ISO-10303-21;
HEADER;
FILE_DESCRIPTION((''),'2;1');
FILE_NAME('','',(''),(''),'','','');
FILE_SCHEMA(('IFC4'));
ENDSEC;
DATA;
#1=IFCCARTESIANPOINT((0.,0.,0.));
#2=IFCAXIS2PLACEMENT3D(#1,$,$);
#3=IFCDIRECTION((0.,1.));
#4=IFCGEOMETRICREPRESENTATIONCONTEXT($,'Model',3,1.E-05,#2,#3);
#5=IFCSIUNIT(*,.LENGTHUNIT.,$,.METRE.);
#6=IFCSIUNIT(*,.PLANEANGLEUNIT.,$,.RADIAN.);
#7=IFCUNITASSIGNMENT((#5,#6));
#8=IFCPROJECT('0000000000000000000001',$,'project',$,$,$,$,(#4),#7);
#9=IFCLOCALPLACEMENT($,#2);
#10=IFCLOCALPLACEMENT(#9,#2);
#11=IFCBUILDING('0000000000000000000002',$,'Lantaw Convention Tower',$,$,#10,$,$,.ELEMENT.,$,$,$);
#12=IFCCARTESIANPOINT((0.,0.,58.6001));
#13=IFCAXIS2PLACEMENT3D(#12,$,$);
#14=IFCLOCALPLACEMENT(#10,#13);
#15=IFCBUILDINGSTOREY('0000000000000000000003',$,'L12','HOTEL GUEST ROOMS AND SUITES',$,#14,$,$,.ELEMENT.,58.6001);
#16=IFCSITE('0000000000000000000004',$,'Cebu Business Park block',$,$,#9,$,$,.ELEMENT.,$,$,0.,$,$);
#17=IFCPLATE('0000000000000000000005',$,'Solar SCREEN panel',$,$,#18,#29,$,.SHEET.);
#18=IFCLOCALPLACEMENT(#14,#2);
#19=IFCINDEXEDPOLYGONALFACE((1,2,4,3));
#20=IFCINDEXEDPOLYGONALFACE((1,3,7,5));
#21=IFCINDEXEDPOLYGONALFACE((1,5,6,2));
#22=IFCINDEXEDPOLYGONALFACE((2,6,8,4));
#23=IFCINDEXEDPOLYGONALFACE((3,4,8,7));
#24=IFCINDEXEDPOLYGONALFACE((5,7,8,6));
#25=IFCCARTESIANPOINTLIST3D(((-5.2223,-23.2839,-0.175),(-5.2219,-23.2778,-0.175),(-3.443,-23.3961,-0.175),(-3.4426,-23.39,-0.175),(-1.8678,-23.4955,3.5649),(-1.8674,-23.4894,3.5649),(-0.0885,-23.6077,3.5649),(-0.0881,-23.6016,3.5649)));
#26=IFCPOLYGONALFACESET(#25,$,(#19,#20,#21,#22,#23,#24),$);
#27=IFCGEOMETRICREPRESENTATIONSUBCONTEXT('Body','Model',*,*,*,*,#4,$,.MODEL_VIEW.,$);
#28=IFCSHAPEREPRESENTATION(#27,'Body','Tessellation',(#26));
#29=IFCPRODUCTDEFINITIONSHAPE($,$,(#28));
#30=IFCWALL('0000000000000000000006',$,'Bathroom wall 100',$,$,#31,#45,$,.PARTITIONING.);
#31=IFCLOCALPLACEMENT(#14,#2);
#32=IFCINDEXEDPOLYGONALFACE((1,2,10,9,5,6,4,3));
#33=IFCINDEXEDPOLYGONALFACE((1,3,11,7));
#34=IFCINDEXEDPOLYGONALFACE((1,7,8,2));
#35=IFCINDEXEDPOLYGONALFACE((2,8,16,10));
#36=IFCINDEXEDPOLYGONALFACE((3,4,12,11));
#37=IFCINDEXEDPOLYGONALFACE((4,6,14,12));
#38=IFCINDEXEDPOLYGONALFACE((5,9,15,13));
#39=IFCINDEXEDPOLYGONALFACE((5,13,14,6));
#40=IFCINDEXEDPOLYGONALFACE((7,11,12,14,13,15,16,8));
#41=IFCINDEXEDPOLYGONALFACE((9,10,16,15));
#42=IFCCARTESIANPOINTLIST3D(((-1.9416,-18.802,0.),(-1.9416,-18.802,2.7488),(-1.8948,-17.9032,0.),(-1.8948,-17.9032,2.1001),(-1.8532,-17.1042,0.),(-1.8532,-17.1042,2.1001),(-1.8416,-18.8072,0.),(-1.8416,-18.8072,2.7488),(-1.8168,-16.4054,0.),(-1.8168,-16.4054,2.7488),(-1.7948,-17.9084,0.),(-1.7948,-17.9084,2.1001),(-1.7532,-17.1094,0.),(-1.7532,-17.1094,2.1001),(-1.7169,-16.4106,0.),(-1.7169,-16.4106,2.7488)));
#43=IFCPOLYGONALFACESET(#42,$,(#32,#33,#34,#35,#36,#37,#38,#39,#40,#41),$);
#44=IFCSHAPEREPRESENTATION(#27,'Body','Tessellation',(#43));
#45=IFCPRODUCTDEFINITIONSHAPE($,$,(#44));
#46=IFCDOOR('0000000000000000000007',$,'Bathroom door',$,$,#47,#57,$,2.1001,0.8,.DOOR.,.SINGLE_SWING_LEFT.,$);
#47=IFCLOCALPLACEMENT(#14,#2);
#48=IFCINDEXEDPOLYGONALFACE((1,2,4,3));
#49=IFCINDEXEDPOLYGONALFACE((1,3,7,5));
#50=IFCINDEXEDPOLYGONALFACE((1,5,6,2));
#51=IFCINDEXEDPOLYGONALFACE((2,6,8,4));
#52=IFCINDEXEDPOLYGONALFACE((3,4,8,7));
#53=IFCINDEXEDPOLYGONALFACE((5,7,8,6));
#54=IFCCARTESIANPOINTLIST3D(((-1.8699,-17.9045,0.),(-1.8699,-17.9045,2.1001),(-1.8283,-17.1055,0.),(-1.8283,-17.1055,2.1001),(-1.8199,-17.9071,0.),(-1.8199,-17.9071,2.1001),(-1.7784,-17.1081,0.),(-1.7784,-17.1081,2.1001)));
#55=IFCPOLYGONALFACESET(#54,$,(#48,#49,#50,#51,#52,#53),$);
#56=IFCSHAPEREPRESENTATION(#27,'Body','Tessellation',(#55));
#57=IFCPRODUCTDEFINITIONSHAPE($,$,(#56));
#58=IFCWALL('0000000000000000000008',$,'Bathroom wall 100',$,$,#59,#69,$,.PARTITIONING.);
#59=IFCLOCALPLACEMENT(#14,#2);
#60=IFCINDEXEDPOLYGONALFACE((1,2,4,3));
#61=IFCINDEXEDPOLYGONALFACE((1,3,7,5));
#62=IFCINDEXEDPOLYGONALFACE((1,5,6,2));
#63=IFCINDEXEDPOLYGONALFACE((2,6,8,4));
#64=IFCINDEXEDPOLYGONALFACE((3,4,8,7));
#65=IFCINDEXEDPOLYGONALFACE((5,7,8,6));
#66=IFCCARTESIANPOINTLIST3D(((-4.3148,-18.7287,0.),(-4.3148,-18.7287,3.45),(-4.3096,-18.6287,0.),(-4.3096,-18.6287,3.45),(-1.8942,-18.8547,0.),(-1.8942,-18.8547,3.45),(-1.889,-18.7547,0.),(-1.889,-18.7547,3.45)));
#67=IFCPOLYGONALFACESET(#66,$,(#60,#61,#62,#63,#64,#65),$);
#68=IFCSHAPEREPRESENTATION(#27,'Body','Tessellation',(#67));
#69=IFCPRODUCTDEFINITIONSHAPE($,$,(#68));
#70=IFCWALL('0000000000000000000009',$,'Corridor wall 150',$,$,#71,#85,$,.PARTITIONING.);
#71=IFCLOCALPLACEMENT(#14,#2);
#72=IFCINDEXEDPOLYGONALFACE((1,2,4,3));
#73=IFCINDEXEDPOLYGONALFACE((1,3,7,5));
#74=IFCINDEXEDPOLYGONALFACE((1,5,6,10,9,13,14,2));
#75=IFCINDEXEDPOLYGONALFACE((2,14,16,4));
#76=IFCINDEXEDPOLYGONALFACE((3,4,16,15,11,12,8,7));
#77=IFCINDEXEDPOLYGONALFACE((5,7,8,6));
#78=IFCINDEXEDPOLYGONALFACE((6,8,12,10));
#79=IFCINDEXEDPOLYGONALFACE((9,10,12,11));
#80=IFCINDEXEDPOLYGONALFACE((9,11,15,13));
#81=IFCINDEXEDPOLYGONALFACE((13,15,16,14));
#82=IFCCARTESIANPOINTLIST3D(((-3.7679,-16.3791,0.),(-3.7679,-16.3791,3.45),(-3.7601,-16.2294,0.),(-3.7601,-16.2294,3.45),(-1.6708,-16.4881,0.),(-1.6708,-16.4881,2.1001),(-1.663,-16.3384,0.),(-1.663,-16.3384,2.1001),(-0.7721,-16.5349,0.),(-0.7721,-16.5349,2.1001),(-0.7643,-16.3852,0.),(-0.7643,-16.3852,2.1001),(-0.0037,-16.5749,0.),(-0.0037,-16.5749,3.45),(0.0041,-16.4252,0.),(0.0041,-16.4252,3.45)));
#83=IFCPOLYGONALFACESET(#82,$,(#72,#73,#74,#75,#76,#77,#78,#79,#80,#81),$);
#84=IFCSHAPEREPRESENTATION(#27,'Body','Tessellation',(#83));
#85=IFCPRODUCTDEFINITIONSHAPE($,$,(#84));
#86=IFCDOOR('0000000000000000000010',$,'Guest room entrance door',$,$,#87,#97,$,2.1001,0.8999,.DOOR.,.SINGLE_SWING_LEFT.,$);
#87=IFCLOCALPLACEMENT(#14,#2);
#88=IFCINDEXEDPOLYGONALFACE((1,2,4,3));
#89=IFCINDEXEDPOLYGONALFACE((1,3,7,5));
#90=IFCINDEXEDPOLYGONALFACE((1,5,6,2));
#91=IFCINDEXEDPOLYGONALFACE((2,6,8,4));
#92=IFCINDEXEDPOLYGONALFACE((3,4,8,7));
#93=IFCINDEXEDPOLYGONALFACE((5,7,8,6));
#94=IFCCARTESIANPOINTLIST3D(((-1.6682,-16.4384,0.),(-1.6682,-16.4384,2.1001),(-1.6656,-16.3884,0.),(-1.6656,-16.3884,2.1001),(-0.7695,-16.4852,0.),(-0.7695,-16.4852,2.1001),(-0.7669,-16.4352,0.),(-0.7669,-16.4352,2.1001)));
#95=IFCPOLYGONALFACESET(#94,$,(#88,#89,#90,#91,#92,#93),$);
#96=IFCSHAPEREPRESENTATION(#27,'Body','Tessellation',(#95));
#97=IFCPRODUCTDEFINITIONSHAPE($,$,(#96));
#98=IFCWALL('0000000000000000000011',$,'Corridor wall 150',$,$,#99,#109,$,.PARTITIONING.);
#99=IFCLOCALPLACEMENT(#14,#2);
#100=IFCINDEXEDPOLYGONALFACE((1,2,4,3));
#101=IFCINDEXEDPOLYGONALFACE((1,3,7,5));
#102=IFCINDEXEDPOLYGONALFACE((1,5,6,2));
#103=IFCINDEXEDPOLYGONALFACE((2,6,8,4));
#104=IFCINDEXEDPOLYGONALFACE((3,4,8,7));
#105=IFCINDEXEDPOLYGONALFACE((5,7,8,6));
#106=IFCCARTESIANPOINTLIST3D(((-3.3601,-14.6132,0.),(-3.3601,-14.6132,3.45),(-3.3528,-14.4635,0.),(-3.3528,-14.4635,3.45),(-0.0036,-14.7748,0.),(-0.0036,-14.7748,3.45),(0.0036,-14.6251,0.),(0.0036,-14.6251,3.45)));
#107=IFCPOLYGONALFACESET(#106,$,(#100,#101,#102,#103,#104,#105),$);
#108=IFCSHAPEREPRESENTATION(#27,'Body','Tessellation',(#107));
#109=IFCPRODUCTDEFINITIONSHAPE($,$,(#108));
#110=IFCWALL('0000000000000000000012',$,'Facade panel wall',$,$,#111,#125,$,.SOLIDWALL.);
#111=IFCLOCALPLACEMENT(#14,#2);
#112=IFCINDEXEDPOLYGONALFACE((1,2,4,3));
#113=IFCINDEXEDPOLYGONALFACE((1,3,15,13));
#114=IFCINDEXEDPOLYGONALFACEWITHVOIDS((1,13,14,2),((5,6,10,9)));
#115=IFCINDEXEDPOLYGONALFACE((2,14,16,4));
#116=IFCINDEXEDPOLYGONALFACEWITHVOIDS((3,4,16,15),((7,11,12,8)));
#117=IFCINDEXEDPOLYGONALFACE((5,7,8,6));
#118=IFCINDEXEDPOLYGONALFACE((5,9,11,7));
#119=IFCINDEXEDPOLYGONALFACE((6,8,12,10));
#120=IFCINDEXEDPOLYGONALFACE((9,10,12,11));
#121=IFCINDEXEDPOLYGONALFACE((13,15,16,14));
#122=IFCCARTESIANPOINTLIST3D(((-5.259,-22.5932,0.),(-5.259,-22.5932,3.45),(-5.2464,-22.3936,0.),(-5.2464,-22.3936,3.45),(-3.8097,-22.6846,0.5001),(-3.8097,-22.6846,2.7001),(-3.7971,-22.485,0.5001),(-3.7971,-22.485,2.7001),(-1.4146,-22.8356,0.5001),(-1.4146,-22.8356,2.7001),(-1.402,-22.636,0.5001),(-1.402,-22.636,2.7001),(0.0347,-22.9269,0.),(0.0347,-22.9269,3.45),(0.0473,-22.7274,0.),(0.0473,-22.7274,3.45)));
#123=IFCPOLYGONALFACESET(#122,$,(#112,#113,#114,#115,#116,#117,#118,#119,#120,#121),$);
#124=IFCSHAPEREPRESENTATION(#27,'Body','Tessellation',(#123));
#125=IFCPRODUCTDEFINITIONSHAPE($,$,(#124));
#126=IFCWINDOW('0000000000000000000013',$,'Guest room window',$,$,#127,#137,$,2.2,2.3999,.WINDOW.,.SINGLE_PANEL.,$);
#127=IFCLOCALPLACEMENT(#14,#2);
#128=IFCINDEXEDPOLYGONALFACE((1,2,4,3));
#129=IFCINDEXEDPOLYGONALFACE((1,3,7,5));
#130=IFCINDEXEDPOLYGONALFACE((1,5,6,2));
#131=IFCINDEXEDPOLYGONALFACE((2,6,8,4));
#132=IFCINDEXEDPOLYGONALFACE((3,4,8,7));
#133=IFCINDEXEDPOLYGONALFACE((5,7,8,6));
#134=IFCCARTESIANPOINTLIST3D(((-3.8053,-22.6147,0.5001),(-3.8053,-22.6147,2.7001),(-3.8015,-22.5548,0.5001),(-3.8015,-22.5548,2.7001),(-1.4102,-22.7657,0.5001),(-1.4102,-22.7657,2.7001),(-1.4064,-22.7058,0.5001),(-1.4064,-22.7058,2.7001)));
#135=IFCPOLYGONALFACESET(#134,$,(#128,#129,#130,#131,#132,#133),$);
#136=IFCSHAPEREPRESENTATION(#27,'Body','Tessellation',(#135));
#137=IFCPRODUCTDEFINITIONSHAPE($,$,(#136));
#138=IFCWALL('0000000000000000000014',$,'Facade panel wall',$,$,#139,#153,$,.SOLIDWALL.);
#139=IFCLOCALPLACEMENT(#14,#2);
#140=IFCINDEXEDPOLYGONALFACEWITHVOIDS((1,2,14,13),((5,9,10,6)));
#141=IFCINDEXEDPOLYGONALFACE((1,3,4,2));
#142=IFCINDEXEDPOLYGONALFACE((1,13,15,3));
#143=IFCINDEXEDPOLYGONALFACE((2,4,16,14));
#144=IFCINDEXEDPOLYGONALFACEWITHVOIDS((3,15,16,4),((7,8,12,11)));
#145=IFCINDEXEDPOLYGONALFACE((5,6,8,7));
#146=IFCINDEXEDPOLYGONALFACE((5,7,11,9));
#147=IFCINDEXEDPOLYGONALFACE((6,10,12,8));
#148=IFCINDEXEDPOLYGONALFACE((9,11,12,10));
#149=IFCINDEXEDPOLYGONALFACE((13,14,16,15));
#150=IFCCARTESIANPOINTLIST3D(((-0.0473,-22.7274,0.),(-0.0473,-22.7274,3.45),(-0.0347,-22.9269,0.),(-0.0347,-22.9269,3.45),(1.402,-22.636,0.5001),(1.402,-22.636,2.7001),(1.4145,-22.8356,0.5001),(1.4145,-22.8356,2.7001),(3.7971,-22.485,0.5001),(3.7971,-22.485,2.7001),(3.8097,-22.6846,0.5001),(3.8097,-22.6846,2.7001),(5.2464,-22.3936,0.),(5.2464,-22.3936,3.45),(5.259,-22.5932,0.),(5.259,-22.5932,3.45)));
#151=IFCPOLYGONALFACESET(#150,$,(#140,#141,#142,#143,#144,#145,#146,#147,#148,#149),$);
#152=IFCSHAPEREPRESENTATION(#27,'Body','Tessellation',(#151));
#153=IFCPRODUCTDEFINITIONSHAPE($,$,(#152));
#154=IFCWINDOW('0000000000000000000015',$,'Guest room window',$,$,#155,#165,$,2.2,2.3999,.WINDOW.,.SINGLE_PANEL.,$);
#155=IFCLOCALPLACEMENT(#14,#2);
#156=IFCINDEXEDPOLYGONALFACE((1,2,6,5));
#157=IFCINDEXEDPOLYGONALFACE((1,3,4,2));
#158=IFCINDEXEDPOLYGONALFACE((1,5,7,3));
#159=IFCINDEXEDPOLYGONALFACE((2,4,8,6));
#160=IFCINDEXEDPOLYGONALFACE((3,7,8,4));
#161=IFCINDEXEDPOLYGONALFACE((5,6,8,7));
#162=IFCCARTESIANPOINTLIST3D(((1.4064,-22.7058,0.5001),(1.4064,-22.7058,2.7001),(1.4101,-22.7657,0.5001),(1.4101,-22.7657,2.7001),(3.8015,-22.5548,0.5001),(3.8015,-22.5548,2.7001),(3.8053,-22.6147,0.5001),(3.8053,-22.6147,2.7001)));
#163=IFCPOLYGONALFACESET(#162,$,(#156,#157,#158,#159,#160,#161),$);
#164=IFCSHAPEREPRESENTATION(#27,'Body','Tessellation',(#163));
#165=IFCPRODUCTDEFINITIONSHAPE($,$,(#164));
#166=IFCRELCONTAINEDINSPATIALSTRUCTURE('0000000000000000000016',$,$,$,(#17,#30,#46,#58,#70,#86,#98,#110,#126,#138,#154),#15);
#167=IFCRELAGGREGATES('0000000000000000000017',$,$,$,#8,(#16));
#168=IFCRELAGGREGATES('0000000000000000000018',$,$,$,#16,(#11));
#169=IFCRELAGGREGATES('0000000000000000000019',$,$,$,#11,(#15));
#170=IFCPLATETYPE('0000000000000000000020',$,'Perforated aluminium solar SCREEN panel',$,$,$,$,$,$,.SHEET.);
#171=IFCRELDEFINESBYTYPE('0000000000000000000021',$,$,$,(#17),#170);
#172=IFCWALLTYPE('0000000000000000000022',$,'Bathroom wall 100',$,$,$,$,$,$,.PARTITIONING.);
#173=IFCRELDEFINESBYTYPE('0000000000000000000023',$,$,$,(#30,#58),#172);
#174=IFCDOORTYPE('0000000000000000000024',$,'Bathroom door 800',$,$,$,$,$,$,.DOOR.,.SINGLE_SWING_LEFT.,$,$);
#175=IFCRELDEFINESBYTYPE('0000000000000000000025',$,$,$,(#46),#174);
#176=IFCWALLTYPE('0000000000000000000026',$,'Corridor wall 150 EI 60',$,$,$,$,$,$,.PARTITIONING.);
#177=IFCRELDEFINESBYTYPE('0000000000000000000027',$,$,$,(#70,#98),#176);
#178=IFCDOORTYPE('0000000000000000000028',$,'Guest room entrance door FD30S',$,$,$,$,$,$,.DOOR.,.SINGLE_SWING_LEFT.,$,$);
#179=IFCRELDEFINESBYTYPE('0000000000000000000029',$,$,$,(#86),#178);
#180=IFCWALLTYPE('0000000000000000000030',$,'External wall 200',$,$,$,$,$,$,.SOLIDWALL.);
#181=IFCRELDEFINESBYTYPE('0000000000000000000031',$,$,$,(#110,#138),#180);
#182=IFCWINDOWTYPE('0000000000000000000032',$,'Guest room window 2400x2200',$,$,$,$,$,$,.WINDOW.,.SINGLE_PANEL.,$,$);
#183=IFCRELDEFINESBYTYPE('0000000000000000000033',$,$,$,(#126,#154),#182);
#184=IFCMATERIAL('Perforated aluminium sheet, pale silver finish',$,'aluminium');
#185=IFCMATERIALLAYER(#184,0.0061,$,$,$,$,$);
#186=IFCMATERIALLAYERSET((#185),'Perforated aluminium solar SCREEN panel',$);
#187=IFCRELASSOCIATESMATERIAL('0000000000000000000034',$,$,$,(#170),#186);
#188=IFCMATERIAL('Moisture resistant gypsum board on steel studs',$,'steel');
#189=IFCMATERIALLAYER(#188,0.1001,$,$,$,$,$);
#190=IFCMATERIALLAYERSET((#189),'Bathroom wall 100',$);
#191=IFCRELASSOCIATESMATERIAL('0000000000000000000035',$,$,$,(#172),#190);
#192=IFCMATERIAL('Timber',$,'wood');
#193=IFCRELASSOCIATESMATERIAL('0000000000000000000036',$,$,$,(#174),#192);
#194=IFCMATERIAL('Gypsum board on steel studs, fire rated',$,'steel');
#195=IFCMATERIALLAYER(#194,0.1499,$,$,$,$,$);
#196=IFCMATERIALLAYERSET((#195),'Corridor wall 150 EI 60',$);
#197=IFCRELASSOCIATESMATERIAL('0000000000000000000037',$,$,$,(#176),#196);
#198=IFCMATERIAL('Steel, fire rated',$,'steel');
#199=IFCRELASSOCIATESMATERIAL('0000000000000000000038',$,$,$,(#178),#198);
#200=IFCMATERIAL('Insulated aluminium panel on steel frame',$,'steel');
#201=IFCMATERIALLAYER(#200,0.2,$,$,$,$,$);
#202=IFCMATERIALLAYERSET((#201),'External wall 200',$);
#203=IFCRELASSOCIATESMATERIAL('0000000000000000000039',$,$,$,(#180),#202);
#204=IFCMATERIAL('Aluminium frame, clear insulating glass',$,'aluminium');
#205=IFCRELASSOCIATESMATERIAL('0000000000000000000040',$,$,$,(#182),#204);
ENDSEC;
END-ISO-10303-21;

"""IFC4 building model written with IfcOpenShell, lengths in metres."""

from ifc_helpers import new_model, si_unit, direction, frame, frame_2d, origin, place, context, subcontext, project, spatial, polyline, rectangle, outline, extrude, material, layer, layer_set, type_object, element, fill, save


model = new_model("IFC4")

# Units and contexts
model_context = context("Model", 3, precision=1e-05, world=origin(), true_north=direction((0.0, 1.0)))
body_context = subcontext(model_context, "Body", "Model", "MODEL_VIEW")
ifc_project = project(units=[si_unit("LENGTHUNIT", "METRE"), si_unit("PLANEANGLEUNIT", "RADIAN")], contexts=[model_context])

# Site, building, storey
site_placement = place(None, origin())
site = spatial("IfcSite", under=ifc_project, at=site_placement, Name="Cebu Business Park block", CompositionType="ELEMENT", RefElevation=0.0)
building_placement = place(site_placement, origin())
building = spatial("IfcBuilding", under=site, at=building_placement, Name="Lantaw Convention Tower", CompositionType="ELEMENT")
storey_placement = place(building_placement, frame((0.0, 0.0, 58.6001)))
storey = spatial("IfcBuildingStorey", under=building, at=storey_placement, Name="L12", Description="HOTEL GUEST ROOMS AND SUITES", CompositionType="ELEMENT", Elevation=58.6001)

# Plate
ifc_material_1 = material(Name="Perforated aluminium sheet, pale silver finish", Category="aluminium")
ifc_layer_1 = layer(ifc_material_1, 0.0061)
ifc_layer_set_1 = layer_set([ifc_layer_1], Name="Perforated aluminium solar SCREEN panel")
plate_type = type_object("IfcPlateType", Name="Perforated aluminium solar SCREEN panel", PredefinedType="SHEET", material=ifc_layer_set_1)
plate_placement = place(storey_placement, frame((-5.2219, -23.2778, -0.175), z_axis=(0.062924, 0.998018, 0.000014), x_axis=(0.998018, -0.062924, 0.0)))
element("IfcPlate", 1, at=plate_placement, inside=storey, type_object=plate_type, Name="Solar SCREEN panel", PredefinedType="SHEET", context=body_context, shape_type="SweptSolid", body=[
    extrude(outline(polyline([(0.0, 0.0), (1.7828, 0.0), (5.144, -3.74), (3.3612, -3.74), (0.0, 0.0)])), origin(), (0.0, 0.0, -1.0), 0.0061),
])

# Wall, opening, door
ifc_material_2 = material(Name="Moisture resistant gypsum board on steel studs", Category="steel")
ifc_layer_2 = layer(ifc_material_2, 0.1001)
ifc_layer_set_2 = layer_set([ifc_layer_2], Name="Bathroom wall 100")
wall_type_1 = type_object("IfcWallType", Name="Bathroom wall 100", PredefinedType="PARTITIONING", material=ifc_layer_set_2)
wall_1_placement = place(storey_placement, frame((-1.7668, -16.408, 0.0), z_axis=(0.0, 0.0, 1.0), x_axis=(-0.051982, -0.998648, 0.0)))
wall_1 = element("IfcWall", 2, at=wall_1_placement, inside=storey, type_object=wall_type_1, Name="Bathroom wall 100", PredefinedType="PARTITIONING", context=body_context, shape_type="SweptSolid", body=[
    extrude(rectangle(XDim=2.3999, YDim=0.1001, at=frame_2d((1.2, 0.0))), origin(), (0.0, 0.0, 1.0), 2.7488),
])
opening_1_placement = place(wall_1_placement, frame((0.7, 0.0, 0.0)))
opening_1 = element("IfcOpeningElement", 3, at=opening_1_placement, cuts=wall_1, PredefinedType="OPENING", context=body_context, shape_type="SweptSolid", body=[
    extrude(rectangle(XDim=0.8, YDim=2.1001, at=frame_2d((0.3999, 1.05))), frame((0.0, 0.0601, 0.0), z_axis=(0.0, -1.0, 0.0), x_axis=(1.0, 0.0, 0.0)), (0.0, 0.0, 1.0), 0.1201),
])
ifc_material_3 = material(Name="Timber", Category="wood")
door_type_1 = type_object("IfcDoorType", Name="Bathroom door 800", OperationType="SINGLE_SWING_LEFT", PredefinedType="DOOR", material=ifc_material_3)
door_1_placement = place(opening_1_placement, origin())
door_1 = element("IfcDoor", 4, at=door_1_placement, inside=storey, type_object=door_type_1, Name="Bathroom door", OperationType="SINGLE_SWING_LEFT", OverallHeight=2.1001, OverallWidth=0.8, PredefinedType="DOOR", context=body_context, shape_type="SweptSolid", body=[
    extrude(rectangle(XDim=0.8, YDim=2.1001, at=frame_2d((0.3999, 1.05))), frame((0.0, 0.0249, 0.0), z_axis=(0.0, -1.0, 0.0), x_axis=(1.0, 0.0, 0.0)), (0.0, 0.0, 1.0), 0.05),
])
fill(opening_1, door_1)

# Wall
wall_2_placement = place(storey_placement, frame((-1.8916, -18.8047, 0.0), z_axis=(0.0, 0.0, 1.0), x_axis=(-0.998649, 0.051972, 0.0)))
element("IfcWall", 5, at=wall_2_placement, inside=storey, type_object=wall_type_1, Name="Bathroom wall 100", PredefinedType="PARTITIONING", context=body_context, shape_type="SweptSolid", body=[
    extrude(rectangle(XDim=2.4238, YDim=0.1001, at=frame_2d((1.2119, 0.0))), origin(), (0.0, 0.0, 1.0), 3.45),
])

# Wall, opening, door
ifc_material_4 = material(Name="Gypsum board on steel studs, fire rated", Category="steel")
ifc_layer_3 = layer(ifc_material_4, 0.1499)
ifc_layer_set_3 = layer_set([ifc_layer_3], Name="Corridor wall 150 EI 60")
wall_type_2 = type_object("IfcWallType", Name="Corridor wall 150 EI 60", PredefinedType="PARTITIONING", material=ifc_layer_set_3)
wall_3_placement = place(storey_placement, frame((-3.7642, -16.3042, 0.0), z_axis=(0.0, 0.0, 1.0), x_axis=(0.99865, -0.051947, 0.0)))
wall_3 = element("IfcWall", 6, at=wall_3_placement, inside=storey, type_object=wall_type_2, Name="Corridor wall 150", PredefinedType="PARTITIONING", context=body_context, shape_type="SweptSolid", body=[
    extrude(rectangle(XDim=3.7693, YDim=0.1499, at=frame_2d((1.8848, 0.0))), origin(), (0.0, 0.0, 1.0), 3.45),
])
opening_2_placement = place(wall_3_placement, frame((2.1001, 0.0, 0.0)))
opening_2 = element("IfcOpeningElement", 7, at=opening_2_placement, cuts=wall_3, PredefinedType="OPENING", context=body_context, shape_type="SweptSolid", body=[
    extrude(rectangle(XDim=0.8999, YDim=2.1001, at=frame_2d((0.45, 1.05))), frame((0.0, 0.085, 0.0), z_axis=(0.0, -1.0, 0.0), x_axis=(1.0, 0.0, 0.0)), (0.0, 0.0, 1.0), 0.1699),
])
ifc_material_5 = material(Name="Steel, fire rated", Category="steel")
door_type_2 = type_object("IfcDoorType", Name="Guest room entrance door FD30S", OperationType="SINGLE_SWING_LEFT", PredefinedType="DOOR", material=ifc_material_5)
door_2_placement = place(opening_2_placement, origin())
door_2 = element("IfcDoor", 8, at=door_2_placement, inside=storey, type_object=door_type_2, Name="Guest room entrance door", OperationType="SINGLE_SWING_LEFT", OverallHeight=2.1001, OverallWidth=0.8999, PredefinedType="DOOR", context=body_context, shape_type="SweptSolid", body=[
    extrude(rectangle(XDim=0.8999, YDim=2.1001, at=frame_2d((0.45, 1.05))), frame((0.0, 0.0249, 0.0), z_axis=(0.0, -1.0, 0.0), x_axis=(1.0, 0.0, 0.0)), (0.0, 0.0, 1.0), 0.05),
])
fill(opening_2, door_2)

# Wall
wall_4_placement = place(storey_placement, frame((-3.3564, -14.5383, 0.0), z_axis=(0.0, 0.0, 1.0), x_axis=(0.998843, -0.048097, 0.0)))
element("IfcWall", 9, at=wall_4_placement, inside=storey, type_object=wall_type_2, Name="Corridor wall 150", PredefinedType="PARTITIONING", context=body_context, shape_type="SweptSolid", body=[
    extrude(rectangle(XDim=3.3604, YDim=0.1499, at=frame_2d((1.6802, 0.0))), origin(), (0.0, 0.0, 1.0), 3.45),
])

# Walls, openings, windows
ifc_material_6 = material(Name="Insulated aluminium panel on steel frame", Category="steel")
ifc_layer_4 = layer(ifc_material_6, 0.2)
ifc_layer_set_4 = layer_set([ifc_layer_4], Name="External wall 200")
wall_type_3 = type_object("IfcWallType", Name="External wall 200", PredefinedType="SOLIDWALL", material=ifc_layer_set_4)
wall_5_placement = place(storey_placement, frame((-5.2527, -22.4934, 0.0), z_axis=(0.0, 0.0, 1.0), x_axis=(0.998019, -0.06292, 0.0)))
wall_5 = element("IfcWall", 10, at=wall_5_placement, inside=storey, type_object=wall_type_3, Name="Facade panel wall", PredefinedType="SOLIDWALL", context=body_context, shape_type="SweptSolid", body=[
    extrude(rectangle(XDim=5.3042, YDim=0.2, at=frame_2d((2.6521, 0.0))), origin(), (0.0, 0.0, 1.0), 3.45),
])
opening_3_placement = place(wall_5_placement, frame((1.4521, 0.0, 0.5)))
opening_3 = element("IfcOpeningElement", 11, at=opening_3_placement, cuts=wall_5, PredefinedType="OPENING", context=body_context, shape_type="SweptSolid", body=[
    extrude(rectangle(XDim=2.3999, YDim=2.2, at=frame_2d((1.2, 1.1001))), frame((0.0, 0.1099, 0.0), z_axis=(0.0, -1.0, 0.0), x_axis=(1.0, 0.0, 0.0)), (0.0, 0.0, 1.0), 0.22),
])
ifc_material_7 = material(Name="Aluminium frame, clear insulating glass", Category="aluminium")
window_type = type_object("IfcWindowType", Name="Guest room window 2400x2200", PartitioningType="SINGLE_PANEL", PredefinedType="WINDOW", material=ifc_material_7)
window_1_placement = place(opening_3_placement, origin())
window_1 = element("IfcWindow", 12, at=window_1_placement, inside=storey, type_object=window_type, Name="Guest room window", OverallHeight=2.2, OverallWidth=2.3999, PartitioningType="SINGLE_PANEL", PredefinedType="WINDOW", context=body_context, shape_type="SweptSolid", body=[
    extrude(rectangle(XDim=2.3999, YDim=2.2, at=frame_2d((1.2, 1.1001))), frame((0.0, 0.03, 0.0), z_axis=(0.0, -1.0, 0.0), x_axis=(1.0, 0.0, 0.0)), (0.0, 0.0, 1.0), 0.0601),
])
fill(opening_3, window_1)
wall_6_placement = place(storey_placement, frame((-0.041, -22.8271, 0.0), z_axis=(0.0, 0.0, 1.0), x_axis=(0.998019, 0.06292, 0.0)))
wall_6 = element("IfcWall", 13, at=wall_6_placement, inside=storey, type_object=wall_type_3, Name="Facade panel wall", PredefinedType="SOLIDWALL", context=body_context, shape_type="SweptSolid", body=[
    extrude(rectangle(XDim=5.3042, YDim=0.2, at=frame_2d((2.6521, 0.0))), origin(), (0.0, 0.0, 1.0), 3.45),
])
opening_4_placement = place(wall_6_placement, frame((1.4521, 0.0, 0.5)))
opening_4 = element("IfcOpeningElement", 14, at=opening_4_placement, cuts=wall_6, PredefinedType="OPENING", context=body_context, shape_type="SweptSolid", body=[
    extrude(rectangle(XDim=2.3999, YDim=2.2, at=frame_2d((1.2, 1.1001))), frame((0.0, 0.1099, 0.0), z_axis=(0.0, -1.0, 0.0), x_axis=(1.0, 0.0, 0.0)), (0.0, 0.0, 1.0), 0.22),
])
window_2_placement = place(opening_4_placement, origin())
window_2 = element("IfcWindow", 15, at=window_2_placement, inside=storey, type_object=window_type, Name="Guest room window", OverallHeight=2.2, OverallWidth=2.3999, PartitioningType="SINGLE_PANEL", PredefinedType="WINDOW", context=body_context, shape_type="SweptSolid", body=[
    extrude(rectangle(XDim=2.3999, YDim=2.2, at=frame_2d((1.2, 1.1001))), frame((0.0, 0.03, 0.0), z_axis=(0.0, -1.0, 0.0), x_axis=(1.0, 0.0, 0.0)), (0.0, 0.0, 1.0), 0.0601),
])
fill(opening_4, window_2)

save(model, "model.ifc")
